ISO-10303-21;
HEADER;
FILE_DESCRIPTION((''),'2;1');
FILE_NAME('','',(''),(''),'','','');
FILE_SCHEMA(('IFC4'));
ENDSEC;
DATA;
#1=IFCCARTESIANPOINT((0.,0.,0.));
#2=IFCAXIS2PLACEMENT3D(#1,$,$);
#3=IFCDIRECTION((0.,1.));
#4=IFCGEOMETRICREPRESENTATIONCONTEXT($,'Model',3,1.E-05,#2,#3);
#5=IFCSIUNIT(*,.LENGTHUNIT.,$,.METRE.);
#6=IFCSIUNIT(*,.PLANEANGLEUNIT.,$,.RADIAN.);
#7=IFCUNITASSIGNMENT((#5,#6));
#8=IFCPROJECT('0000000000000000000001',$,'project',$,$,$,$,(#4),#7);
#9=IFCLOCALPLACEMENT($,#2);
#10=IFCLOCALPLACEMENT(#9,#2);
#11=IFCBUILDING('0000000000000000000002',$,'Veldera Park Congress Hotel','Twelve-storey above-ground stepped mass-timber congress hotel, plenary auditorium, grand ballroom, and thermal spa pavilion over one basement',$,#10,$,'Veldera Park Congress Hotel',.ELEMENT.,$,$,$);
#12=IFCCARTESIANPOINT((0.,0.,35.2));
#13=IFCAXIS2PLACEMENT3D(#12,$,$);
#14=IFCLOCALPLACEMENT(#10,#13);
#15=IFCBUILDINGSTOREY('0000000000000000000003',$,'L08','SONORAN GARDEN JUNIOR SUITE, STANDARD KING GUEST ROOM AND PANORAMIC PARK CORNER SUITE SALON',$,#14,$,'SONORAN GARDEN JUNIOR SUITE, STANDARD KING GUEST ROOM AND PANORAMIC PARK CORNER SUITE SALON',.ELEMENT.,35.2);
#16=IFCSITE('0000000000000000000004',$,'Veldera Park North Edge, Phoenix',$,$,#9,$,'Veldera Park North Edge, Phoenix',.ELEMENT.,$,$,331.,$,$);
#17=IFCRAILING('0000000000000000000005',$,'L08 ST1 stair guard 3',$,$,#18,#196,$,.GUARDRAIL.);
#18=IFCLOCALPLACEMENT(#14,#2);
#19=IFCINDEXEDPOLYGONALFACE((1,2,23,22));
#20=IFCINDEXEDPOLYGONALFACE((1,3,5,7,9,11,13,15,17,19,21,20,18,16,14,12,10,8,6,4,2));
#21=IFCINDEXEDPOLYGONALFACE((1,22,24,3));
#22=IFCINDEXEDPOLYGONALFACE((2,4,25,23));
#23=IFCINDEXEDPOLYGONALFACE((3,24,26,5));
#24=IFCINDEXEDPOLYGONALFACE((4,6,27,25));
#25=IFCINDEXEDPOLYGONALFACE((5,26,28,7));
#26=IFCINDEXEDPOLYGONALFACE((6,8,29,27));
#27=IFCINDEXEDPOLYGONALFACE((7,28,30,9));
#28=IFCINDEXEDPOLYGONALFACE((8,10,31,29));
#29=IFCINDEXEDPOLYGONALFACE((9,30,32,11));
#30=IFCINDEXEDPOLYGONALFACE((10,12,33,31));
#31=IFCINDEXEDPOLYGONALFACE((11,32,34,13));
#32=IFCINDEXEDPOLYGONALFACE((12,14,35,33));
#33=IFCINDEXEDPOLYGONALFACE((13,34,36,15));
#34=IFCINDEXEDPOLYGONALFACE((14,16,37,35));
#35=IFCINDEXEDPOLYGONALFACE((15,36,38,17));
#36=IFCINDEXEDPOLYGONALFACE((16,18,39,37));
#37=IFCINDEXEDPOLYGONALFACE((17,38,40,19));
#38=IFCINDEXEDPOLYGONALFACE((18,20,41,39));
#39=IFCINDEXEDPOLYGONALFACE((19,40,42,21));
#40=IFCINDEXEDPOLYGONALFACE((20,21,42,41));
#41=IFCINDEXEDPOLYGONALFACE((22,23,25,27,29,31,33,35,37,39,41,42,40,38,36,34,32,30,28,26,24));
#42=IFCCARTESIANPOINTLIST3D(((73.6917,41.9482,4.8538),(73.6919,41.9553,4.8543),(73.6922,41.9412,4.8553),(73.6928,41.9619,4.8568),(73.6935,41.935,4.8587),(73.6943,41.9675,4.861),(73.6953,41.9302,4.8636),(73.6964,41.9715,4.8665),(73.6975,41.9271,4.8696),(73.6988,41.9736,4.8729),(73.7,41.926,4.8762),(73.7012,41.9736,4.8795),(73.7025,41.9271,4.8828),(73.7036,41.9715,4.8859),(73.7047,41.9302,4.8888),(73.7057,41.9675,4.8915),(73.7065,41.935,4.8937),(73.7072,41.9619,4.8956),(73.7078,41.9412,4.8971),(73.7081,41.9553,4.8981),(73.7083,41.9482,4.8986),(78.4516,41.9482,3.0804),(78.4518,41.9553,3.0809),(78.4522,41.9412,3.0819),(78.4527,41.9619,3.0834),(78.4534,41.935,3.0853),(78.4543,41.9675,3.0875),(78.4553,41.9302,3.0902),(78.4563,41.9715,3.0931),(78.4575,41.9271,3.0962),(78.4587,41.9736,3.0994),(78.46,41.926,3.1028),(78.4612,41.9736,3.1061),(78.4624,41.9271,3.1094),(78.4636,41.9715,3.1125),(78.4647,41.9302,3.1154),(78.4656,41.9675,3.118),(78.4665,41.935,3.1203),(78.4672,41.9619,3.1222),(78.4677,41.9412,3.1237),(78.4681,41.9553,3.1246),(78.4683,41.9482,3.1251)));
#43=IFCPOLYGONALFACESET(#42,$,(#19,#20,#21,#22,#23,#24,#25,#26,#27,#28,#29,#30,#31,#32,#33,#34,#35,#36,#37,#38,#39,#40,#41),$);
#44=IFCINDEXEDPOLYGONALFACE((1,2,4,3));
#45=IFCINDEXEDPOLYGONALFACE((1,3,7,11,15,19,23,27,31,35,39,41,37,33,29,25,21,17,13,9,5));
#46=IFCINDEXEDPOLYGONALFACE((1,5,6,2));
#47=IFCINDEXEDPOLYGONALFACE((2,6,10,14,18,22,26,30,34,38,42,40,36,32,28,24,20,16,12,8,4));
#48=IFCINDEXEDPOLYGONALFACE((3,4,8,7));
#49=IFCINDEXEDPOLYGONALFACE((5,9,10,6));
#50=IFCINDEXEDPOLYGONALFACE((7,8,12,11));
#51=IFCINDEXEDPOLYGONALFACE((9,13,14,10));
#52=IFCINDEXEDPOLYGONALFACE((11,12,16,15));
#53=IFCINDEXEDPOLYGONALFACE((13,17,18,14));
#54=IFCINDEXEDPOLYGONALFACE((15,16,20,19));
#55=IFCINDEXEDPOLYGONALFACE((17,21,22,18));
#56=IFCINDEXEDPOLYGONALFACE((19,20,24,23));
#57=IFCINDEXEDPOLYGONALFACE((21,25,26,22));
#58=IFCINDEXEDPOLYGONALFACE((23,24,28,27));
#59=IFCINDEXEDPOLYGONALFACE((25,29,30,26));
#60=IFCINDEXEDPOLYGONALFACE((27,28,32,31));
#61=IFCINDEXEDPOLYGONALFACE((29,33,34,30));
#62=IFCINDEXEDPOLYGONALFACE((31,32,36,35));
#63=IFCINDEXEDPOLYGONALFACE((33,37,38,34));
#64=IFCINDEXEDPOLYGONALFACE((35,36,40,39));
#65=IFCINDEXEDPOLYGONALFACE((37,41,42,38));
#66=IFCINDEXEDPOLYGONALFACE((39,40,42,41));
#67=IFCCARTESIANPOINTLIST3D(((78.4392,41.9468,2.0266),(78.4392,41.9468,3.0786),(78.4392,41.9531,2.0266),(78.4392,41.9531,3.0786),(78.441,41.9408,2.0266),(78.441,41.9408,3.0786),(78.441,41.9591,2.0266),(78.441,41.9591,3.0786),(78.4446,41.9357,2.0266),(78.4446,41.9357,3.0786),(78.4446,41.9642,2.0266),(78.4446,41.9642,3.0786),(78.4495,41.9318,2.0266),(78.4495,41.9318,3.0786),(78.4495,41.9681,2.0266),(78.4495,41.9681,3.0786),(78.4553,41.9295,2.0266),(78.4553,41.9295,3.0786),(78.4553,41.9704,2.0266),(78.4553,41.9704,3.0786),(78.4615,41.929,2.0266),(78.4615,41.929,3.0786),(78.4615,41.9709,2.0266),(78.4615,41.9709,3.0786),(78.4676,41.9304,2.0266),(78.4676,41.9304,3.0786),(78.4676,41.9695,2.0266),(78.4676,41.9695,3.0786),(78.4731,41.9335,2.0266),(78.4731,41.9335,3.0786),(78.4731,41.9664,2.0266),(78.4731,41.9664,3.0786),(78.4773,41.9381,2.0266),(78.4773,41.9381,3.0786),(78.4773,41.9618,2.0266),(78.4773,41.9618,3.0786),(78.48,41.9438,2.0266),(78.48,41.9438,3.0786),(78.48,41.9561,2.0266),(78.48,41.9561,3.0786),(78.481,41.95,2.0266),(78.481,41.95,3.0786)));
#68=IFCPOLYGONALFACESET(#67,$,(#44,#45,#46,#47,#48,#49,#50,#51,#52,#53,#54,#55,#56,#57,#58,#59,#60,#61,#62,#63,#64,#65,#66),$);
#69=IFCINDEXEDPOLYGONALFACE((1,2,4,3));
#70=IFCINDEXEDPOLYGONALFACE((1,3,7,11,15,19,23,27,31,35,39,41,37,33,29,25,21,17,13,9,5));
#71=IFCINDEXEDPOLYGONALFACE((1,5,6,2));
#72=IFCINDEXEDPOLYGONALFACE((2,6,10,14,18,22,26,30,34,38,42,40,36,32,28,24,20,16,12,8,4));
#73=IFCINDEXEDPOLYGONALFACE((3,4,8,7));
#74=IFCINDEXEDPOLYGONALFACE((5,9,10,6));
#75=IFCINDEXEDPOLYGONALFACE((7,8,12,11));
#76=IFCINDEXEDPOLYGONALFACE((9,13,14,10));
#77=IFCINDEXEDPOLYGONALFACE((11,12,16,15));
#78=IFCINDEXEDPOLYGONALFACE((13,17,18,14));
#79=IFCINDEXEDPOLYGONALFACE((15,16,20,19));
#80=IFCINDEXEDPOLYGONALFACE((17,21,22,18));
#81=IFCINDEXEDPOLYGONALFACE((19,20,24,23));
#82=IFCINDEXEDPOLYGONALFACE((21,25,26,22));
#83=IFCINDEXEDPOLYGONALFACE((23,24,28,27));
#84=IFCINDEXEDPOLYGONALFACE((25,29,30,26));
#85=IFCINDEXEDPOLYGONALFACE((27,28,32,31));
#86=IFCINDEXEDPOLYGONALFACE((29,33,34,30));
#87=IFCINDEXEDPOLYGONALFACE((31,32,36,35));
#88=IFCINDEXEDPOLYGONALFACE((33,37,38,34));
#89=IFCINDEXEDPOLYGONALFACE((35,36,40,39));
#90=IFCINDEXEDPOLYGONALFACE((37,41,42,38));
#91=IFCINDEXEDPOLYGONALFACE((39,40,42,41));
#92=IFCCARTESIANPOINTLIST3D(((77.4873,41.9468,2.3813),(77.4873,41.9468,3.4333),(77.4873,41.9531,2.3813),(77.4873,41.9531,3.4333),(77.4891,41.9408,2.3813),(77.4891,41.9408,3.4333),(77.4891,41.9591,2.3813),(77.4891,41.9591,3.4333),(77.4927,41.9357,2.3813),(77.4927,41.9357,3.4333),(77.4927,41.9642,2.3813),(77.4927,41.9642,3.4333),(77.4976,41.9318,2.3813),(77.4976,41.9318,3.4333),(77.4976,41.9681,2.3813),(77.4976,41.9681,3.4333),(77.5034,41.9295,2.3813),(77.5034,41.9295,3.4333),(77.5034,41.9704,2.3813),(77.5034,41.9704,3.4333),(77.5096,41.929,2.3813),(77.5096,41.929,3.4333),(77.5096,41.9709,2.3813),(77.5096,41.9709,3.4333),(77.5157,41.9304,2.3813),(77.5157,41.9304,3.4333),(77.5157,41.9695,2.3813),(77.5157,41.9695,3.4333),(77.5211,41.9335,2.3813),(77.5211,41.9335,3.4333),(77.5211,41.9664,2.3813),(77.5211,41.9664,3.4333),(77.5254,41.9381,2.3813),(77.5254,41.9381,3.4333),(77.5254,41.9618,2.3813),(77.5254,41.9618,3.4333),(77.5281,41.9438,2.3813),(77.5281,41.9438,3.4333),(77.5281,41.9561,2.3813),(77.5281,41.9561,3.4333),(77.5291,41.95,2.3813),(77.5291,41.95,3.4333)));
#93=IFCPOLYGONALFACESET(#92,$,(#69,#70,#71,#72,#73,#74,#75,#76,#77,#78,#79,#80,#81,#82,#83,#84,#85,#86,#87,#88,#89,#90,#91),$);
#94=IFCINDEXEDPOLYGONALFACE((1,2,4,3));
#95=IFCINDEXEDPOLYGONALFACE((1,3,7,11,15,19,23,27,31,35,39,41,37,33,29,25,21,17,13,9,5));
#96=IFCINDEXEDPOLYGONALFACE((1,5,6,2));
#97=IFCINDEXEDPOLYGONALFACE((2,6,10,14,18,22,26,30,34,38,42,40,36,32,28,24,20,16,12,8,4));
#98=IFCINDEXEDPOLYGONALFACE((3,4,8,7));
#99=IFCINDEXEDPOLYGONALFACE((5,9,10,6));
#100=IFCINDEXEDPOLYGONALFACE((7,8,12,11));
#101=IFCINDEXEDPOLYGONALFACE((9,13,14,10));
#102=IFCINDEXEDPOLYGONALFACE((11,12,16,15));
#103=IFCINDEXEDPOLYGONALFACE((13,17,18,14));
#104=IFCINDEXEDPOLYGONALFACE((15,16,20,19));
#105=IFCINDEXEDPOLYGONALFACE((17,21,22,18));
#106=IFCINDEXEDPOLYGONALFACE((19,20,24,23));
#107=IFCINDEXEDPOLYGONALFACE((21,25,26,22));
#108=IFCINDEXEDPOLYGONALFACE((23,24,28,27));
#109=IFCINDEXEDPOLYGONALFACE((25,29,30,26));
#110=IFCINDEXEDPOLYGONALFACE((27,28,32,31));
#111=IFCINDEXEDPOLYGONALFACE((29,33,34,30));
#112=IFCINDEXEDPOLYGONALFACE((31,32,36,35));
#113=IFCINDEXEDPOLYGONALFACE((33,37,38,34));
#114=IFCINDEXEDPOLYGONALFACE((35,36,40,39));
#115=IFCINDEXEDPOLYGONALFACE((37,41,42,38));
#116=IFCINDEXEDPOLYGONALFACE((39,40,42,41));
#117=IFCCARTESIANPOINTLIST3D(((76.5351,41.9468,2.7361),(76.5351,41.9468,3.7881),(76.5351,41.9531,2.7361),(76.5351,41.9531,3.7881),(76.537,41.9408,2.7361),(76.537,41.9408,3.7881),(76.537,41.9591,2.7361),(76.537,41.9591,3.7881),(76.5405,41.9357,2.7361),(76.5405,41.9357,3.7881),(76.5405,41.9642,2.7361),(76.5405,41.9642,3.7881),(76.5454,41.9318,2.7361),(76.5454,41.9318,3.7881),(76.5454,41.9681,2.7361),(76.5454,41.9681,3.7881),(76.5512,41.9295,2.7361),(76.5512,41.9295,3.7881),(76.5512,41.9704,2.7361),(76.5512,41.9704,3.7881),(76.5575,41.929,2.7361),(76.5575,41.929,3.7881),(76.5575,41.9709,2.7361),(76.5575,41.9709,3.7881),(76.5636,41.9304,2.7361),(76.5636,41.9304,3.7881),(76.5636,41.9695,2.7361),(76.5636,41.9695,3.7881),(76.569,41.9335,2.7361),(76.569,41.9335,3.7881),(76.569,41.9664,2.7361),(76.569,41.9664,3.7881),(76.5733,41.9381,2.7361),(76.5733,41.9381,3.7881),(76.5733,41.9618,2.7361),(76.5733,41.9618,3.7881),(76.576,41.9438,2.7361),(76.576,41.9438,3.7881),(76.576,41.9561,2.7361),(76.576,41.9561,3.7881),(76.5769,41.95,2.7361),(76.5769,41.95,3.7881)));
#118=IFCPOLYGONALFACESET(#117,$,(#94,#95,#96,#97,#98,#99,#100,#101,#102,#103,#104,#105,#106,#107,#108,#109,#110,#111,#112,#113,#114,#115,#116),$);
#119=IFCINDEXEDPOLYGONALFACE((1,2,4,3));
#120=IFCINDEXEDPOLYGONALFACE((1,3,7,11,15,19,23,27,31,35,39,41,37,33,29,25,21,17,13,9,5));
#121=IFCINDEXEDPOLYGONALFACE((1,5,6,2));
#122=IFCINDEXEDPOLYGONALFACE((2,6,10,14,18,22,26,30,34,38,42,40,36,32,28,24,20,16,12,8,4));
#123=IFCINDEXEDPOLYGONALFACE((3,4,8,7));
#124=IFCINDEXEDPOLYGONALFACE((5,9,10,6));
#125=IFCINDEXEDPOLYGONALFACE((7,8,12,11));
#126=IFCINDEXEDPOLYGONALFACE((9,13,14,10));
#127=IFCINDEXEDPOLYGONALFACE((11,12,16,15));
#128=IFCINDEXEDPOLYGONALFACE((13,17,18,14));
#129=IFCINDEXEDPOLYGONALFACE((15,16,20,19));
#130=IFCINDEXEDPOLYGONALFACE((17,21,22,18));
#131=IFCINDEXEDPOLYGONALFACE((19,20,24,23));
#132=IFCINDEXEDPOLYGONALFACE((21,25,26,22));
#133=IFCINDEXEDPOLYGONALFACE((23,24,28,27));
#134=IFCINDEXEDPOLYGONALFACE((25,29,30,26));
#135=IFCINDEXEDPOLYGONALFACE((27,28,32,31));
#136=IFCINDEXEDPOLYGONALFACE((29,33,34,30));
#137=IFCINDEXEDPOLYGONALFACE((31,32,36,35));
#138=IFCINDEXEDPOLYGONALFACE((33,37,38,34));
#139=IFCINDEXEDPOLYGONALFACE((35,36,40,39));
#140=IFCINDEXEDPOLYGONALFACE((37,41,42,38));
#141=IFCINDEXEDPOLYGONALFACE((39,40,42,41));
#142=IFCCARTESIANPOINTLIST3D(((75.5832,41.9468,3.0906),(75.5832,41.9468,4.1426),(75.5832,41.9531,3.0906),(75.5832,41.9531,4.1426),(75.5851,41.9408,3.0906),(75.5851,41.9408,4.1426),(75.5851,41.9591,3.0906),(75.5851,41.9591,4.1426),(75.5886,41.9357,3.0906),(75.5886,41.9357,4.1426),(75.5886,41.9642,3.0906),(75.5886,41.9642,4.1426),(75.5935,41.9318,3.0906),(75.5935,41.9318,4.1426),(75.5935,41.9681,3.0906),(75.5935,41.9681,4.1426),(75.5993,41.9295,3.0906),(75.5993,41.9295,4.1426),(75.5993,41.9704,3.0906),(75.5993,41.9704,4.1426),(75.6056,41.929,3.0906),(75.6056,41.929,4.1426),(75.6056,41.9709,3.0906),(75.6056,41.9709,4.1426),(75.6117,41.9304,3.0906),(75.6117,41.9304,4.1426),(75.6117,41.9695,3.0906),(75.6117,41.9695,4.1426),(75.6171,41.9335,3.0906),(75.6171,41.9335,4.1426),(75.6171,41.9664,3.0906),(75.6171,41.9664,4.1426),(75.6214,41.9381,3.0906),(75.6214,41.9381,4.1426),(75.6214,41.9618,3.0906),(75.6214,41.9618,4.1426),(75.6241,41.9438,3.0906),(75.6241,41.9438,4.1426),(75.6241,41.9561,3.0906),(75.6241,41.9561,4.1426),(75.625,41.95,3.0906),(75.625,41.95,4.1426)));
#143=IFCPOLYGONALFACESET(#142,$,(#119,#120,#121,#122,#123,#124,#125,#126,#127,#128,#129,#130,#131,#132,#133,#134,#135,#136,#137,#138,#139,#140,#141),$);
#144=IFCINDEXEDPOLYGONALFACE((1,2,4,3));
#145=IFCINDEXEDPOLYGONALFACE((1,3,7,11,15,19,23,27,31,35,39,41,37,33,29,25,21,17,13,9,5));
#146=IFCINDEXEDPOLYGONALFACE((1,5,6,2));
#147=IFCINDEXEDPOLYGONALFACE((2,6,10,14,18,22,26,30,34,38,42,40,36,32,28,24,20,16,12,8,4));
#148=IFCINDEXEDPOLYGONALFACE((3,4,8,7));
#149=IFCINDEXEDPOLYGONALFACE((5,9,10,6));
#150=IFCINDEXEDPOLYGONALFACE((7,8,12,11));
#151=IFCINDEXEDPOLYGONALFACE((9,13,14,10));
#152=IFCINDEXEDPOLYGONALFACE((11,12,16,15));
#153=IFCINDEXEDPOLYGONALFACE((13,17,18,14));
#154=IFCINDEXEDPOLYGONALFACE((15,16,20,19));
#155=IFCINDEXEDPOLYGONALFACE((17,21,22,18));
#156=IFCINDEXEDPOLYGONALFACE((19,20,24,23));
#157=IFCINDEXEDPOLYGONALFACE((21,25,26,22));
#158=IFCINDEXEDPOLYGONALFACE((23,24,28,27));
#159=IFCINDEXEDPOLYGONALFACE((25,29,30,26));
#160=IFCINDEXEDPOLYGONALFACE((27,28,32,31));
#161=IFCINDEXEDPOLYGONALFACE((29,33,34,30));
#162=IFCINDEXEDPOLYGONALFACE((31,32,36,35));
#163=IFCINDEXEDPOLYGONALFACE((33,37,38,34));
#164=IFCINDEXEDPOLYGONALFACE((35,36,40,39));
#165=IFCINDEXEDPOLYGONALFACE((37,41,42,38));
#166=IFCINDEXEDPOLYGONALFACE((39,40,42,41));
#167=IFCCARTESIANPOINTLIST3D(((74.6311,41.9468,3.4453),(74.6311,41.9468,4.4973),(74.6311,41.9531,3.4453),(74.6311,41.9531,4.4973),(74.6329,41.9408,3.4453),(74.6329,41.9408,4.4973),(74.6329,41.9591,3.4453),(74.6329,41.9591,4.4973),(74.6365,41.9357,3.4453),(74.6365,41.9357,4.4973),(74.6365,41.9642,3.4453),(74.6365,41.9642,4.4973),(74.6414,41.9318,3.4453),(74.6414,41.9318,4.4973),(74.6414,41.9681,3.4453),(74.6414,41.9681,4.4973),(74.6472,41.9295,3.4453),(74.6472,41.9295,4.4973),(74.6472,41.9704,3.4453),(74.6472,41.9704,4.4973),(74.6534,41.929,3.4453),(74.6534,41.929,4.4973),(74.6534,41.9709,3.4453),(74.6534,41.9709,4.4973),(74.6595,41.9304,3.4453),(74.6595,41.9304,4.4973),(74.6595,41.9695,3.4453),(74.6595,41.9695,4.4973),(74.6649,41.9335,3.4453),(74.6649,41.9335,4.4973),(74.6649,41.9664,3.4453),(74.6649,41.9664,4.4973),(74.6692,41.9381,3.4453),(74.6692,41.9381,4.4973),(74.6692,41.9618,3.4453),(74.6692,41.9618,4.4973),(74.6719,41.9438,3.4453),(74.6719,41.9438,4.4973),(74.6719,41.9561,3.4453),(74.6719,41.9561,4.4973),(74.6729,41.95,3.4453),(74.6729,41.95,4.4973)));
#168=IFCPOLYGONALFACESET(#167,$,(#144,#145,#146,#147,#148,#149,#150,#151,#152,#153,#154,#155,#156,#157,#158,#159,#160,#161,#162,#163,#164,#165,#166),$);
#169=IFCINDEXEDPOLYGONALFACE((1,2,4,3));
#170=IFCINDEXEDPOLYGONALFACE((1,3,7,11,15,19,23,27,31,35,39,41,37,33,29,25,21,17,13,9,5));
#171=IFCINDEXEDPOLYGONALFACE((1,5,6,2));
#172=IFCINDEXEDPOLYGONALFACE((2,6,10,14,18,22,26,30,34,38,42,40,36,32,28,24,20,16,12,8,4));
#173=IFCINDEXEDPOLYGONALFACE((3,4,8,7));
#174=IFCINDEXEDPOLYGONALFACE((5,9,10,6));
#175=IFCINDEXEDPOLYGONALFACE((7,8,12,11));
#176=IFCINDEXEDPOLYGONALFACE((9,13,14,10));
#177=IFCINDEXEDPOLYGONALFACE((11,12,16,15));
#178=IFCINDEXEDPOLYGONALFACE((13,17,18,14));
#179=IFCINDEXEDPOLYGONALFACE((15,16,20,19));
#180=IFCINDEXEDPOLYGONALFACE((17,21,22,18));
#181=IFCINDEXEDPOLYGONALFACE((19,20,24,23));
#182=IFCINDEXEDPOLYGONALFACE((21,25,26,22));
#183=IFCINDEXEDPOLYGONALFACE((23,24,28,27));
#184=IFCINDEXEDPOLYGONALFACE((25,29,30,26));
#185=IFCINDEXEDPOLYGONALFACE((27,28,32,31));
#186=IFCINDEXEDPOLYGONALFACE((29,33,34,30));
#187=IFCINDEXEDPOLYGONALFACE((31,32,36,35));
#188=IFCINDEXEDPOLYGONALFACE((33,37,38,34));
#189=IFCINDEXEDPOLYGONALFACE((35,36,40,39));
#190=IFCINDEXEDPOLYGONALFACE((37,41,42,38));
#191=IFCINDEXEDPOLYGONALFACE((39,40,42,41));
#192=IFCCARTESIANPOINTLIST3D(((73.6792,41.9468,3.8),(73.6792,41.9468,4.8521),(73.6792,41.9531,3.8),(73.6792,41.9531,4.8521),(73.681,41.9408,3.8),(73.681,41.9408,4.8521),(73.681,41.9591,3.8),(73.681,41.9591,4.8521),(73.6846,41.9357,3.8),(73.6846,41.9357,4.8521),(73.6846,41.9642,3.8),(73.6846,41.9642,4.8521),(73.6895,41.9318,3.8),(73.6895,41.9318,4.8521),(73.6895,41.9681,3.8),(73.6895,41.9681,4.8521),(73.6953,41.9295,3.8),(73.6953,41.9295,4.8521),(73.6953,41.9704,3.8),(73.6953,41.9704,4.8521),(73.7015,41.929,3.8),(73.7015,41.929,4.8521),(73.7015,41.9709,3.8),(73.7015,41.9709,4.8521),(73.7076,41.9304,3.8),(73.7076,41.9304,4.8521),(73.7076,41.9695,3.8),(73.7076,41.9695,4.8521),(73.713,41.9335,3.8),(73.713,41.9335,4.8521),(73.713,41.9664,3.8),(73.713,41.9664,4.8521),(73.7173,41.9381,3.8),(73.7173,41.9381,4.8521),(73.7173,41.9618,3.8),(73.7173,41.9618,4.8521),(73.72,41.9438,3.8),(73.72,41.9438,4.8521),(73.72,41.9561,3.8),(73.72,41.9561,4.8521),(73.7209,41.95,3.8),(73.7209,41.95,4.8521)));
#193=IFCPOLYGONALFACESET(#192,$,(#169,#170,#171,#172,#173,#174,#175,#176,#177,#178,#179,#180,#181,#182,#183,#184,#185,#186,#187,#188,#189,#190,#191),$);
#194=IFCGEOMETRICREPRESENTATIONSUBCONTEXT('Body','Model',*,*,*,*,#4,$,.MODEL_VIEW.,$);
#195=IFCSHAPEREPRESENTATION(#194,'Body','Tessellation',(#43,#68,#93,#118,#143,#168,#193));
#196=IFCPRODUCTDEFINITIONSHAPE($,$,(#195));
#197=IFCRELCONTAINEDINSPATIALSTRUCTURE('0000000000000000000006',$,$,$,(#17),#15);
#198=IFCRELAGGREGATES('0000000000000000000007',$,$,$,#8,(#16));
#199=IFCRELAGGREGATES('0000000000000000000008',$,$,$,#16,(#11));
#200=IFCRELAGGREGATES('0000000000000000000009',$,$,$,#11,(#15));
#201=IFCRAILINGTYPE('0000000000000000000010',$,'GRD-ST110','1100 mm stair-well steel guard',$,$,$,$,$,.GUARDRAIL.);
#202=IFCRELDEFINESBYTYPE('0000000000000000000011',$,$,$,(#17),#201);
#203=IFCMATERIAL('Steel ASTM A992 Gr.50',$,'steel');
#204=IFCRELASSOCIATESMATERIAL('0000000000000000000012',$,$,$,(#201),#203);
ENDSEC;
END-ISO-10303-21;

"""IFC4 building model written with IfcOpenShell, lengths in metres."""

from ifc_helpers import new_model, si_unit, direction, frame, origin, origin_2d, place, context, subcontext, project, spatial, circle, extrude, material, type_object, element, save


model = new_model("IFC4")

# Units and contexts
model_context = context("Model", 3, precision=1e-05, world=origin(), true_north=direction((0.0, 1.0)))
body_context = subcontext(model_context, "Body", "Model", "MODEL_VIEW")
ifc_project = project(units=[si_unit("LENGTHUNIT", "METRE"), si_unit("PLANEANGLEUNIT", "RADIAN")], contexts=[model_context])

# Site, building, storey
site_placement = place(None, origin())
site = spatial("IfcSite", under=ifc_project, at=site_placement, Name="Veldera Park North Edge, Phoenix", LongName="Veldera Park North Edge, Phoenix", CompositionType="ELEMENT", RefElevation=331.0)
building_placement = place(site_placement, origin())
building = spatial("IfcBuilding", under=site, at=building_placement, Name="Veldera Park Congress Hotel", Description="Twelve-storey above-ground stepped mass-timber congress hotel, plenary auditorium, grand ballroom, and thermal spa pavilion over one basement", LongName="Veldera Park Congress Hotel", CompositionType="ELEMENT")
storey_placement = place(building_placement, frame((0.0, 0.0, 35.2)))
storey = spatial("IfcBuildingStorey", under=building, at=storey_placement, Name="L08", Description="SONORAN GARDEN JUNIOR SUITE, STANDARD KING GUEST ROOM AND PANORAMIC PARK CORNER SUITE SALON", LongName="SONORAN GARDEN JUNIOR SUITE, STANDARD KING GUEST ROOM AND PANORAMIC PARK CORNER SUITE SALON", CompositionType="ELEMENT", Elevation=35.2)

# Railing
ifc_material_1 = material(Name="Steel ASTM A992 Gr.50", Category="steel")
railing_type_1 = type_object("IfcRailingType", Name="GRD-ST110", Description="1100 mm stair-well steel guard", PredefinedType="GUARDRAIL", material=ifc_material_1)
railing_1_placement = place(storey_placement, frame((78.46, 41.95, 2.0266)))
element("IfcRailing", 1, at=railing_1_placement, inside=storey, type_object=railing_type_1, Name="L08 ST1 stair guard 3", PredefinedType="GUARDRAIL", context=body_context, shape_type="SweptSolid", body=[
    extrude(circle(Radius=0.0239, at=origin_2d()), frame((0.0, 0.0, 1.0762), z_axis=(-0.937076, 0.0, 0.349126), x_axis=(0.0, -1.0, 0.0)), (0.0, 0.0, 1.0), 5.0796),
    extrude(circle(Radius=0.021, at=origin_2d()), origin(), (0.0, 0.0, 1.0), 1.052),
    extrude(circle(Radius=0.021, at=origin_2d()), frame((-0.9519, 0.0, 0.3547)), (0.0, 0.0, 1.0), 1.052),
    extrude(circle(Radius=0.021, at=origin_2d()), frame((-1.9041, 0.0, 0.7095)), (0.0, 0.0, 1.0), 1.052),
    extrude(circle(Radius=0.021, at=origin_2d()), frame((-2.856, 0.0, 1.064)), (0.0, 0.0, 1.0), 1.052),
    extrude(circle(Radius=0.021, at=origin_2d()), frame((-3.8081, 0.0, 1.4187)), (0.0, 0.0, 1.0), 1.052),
    extrude(circle(Radius=0.021, at=origin_2d()), frame((-4.76, 0.0, 1.7734)), (0.0, 0.0, 1.0), 1.052),
])

save(model, "model.ifc")
